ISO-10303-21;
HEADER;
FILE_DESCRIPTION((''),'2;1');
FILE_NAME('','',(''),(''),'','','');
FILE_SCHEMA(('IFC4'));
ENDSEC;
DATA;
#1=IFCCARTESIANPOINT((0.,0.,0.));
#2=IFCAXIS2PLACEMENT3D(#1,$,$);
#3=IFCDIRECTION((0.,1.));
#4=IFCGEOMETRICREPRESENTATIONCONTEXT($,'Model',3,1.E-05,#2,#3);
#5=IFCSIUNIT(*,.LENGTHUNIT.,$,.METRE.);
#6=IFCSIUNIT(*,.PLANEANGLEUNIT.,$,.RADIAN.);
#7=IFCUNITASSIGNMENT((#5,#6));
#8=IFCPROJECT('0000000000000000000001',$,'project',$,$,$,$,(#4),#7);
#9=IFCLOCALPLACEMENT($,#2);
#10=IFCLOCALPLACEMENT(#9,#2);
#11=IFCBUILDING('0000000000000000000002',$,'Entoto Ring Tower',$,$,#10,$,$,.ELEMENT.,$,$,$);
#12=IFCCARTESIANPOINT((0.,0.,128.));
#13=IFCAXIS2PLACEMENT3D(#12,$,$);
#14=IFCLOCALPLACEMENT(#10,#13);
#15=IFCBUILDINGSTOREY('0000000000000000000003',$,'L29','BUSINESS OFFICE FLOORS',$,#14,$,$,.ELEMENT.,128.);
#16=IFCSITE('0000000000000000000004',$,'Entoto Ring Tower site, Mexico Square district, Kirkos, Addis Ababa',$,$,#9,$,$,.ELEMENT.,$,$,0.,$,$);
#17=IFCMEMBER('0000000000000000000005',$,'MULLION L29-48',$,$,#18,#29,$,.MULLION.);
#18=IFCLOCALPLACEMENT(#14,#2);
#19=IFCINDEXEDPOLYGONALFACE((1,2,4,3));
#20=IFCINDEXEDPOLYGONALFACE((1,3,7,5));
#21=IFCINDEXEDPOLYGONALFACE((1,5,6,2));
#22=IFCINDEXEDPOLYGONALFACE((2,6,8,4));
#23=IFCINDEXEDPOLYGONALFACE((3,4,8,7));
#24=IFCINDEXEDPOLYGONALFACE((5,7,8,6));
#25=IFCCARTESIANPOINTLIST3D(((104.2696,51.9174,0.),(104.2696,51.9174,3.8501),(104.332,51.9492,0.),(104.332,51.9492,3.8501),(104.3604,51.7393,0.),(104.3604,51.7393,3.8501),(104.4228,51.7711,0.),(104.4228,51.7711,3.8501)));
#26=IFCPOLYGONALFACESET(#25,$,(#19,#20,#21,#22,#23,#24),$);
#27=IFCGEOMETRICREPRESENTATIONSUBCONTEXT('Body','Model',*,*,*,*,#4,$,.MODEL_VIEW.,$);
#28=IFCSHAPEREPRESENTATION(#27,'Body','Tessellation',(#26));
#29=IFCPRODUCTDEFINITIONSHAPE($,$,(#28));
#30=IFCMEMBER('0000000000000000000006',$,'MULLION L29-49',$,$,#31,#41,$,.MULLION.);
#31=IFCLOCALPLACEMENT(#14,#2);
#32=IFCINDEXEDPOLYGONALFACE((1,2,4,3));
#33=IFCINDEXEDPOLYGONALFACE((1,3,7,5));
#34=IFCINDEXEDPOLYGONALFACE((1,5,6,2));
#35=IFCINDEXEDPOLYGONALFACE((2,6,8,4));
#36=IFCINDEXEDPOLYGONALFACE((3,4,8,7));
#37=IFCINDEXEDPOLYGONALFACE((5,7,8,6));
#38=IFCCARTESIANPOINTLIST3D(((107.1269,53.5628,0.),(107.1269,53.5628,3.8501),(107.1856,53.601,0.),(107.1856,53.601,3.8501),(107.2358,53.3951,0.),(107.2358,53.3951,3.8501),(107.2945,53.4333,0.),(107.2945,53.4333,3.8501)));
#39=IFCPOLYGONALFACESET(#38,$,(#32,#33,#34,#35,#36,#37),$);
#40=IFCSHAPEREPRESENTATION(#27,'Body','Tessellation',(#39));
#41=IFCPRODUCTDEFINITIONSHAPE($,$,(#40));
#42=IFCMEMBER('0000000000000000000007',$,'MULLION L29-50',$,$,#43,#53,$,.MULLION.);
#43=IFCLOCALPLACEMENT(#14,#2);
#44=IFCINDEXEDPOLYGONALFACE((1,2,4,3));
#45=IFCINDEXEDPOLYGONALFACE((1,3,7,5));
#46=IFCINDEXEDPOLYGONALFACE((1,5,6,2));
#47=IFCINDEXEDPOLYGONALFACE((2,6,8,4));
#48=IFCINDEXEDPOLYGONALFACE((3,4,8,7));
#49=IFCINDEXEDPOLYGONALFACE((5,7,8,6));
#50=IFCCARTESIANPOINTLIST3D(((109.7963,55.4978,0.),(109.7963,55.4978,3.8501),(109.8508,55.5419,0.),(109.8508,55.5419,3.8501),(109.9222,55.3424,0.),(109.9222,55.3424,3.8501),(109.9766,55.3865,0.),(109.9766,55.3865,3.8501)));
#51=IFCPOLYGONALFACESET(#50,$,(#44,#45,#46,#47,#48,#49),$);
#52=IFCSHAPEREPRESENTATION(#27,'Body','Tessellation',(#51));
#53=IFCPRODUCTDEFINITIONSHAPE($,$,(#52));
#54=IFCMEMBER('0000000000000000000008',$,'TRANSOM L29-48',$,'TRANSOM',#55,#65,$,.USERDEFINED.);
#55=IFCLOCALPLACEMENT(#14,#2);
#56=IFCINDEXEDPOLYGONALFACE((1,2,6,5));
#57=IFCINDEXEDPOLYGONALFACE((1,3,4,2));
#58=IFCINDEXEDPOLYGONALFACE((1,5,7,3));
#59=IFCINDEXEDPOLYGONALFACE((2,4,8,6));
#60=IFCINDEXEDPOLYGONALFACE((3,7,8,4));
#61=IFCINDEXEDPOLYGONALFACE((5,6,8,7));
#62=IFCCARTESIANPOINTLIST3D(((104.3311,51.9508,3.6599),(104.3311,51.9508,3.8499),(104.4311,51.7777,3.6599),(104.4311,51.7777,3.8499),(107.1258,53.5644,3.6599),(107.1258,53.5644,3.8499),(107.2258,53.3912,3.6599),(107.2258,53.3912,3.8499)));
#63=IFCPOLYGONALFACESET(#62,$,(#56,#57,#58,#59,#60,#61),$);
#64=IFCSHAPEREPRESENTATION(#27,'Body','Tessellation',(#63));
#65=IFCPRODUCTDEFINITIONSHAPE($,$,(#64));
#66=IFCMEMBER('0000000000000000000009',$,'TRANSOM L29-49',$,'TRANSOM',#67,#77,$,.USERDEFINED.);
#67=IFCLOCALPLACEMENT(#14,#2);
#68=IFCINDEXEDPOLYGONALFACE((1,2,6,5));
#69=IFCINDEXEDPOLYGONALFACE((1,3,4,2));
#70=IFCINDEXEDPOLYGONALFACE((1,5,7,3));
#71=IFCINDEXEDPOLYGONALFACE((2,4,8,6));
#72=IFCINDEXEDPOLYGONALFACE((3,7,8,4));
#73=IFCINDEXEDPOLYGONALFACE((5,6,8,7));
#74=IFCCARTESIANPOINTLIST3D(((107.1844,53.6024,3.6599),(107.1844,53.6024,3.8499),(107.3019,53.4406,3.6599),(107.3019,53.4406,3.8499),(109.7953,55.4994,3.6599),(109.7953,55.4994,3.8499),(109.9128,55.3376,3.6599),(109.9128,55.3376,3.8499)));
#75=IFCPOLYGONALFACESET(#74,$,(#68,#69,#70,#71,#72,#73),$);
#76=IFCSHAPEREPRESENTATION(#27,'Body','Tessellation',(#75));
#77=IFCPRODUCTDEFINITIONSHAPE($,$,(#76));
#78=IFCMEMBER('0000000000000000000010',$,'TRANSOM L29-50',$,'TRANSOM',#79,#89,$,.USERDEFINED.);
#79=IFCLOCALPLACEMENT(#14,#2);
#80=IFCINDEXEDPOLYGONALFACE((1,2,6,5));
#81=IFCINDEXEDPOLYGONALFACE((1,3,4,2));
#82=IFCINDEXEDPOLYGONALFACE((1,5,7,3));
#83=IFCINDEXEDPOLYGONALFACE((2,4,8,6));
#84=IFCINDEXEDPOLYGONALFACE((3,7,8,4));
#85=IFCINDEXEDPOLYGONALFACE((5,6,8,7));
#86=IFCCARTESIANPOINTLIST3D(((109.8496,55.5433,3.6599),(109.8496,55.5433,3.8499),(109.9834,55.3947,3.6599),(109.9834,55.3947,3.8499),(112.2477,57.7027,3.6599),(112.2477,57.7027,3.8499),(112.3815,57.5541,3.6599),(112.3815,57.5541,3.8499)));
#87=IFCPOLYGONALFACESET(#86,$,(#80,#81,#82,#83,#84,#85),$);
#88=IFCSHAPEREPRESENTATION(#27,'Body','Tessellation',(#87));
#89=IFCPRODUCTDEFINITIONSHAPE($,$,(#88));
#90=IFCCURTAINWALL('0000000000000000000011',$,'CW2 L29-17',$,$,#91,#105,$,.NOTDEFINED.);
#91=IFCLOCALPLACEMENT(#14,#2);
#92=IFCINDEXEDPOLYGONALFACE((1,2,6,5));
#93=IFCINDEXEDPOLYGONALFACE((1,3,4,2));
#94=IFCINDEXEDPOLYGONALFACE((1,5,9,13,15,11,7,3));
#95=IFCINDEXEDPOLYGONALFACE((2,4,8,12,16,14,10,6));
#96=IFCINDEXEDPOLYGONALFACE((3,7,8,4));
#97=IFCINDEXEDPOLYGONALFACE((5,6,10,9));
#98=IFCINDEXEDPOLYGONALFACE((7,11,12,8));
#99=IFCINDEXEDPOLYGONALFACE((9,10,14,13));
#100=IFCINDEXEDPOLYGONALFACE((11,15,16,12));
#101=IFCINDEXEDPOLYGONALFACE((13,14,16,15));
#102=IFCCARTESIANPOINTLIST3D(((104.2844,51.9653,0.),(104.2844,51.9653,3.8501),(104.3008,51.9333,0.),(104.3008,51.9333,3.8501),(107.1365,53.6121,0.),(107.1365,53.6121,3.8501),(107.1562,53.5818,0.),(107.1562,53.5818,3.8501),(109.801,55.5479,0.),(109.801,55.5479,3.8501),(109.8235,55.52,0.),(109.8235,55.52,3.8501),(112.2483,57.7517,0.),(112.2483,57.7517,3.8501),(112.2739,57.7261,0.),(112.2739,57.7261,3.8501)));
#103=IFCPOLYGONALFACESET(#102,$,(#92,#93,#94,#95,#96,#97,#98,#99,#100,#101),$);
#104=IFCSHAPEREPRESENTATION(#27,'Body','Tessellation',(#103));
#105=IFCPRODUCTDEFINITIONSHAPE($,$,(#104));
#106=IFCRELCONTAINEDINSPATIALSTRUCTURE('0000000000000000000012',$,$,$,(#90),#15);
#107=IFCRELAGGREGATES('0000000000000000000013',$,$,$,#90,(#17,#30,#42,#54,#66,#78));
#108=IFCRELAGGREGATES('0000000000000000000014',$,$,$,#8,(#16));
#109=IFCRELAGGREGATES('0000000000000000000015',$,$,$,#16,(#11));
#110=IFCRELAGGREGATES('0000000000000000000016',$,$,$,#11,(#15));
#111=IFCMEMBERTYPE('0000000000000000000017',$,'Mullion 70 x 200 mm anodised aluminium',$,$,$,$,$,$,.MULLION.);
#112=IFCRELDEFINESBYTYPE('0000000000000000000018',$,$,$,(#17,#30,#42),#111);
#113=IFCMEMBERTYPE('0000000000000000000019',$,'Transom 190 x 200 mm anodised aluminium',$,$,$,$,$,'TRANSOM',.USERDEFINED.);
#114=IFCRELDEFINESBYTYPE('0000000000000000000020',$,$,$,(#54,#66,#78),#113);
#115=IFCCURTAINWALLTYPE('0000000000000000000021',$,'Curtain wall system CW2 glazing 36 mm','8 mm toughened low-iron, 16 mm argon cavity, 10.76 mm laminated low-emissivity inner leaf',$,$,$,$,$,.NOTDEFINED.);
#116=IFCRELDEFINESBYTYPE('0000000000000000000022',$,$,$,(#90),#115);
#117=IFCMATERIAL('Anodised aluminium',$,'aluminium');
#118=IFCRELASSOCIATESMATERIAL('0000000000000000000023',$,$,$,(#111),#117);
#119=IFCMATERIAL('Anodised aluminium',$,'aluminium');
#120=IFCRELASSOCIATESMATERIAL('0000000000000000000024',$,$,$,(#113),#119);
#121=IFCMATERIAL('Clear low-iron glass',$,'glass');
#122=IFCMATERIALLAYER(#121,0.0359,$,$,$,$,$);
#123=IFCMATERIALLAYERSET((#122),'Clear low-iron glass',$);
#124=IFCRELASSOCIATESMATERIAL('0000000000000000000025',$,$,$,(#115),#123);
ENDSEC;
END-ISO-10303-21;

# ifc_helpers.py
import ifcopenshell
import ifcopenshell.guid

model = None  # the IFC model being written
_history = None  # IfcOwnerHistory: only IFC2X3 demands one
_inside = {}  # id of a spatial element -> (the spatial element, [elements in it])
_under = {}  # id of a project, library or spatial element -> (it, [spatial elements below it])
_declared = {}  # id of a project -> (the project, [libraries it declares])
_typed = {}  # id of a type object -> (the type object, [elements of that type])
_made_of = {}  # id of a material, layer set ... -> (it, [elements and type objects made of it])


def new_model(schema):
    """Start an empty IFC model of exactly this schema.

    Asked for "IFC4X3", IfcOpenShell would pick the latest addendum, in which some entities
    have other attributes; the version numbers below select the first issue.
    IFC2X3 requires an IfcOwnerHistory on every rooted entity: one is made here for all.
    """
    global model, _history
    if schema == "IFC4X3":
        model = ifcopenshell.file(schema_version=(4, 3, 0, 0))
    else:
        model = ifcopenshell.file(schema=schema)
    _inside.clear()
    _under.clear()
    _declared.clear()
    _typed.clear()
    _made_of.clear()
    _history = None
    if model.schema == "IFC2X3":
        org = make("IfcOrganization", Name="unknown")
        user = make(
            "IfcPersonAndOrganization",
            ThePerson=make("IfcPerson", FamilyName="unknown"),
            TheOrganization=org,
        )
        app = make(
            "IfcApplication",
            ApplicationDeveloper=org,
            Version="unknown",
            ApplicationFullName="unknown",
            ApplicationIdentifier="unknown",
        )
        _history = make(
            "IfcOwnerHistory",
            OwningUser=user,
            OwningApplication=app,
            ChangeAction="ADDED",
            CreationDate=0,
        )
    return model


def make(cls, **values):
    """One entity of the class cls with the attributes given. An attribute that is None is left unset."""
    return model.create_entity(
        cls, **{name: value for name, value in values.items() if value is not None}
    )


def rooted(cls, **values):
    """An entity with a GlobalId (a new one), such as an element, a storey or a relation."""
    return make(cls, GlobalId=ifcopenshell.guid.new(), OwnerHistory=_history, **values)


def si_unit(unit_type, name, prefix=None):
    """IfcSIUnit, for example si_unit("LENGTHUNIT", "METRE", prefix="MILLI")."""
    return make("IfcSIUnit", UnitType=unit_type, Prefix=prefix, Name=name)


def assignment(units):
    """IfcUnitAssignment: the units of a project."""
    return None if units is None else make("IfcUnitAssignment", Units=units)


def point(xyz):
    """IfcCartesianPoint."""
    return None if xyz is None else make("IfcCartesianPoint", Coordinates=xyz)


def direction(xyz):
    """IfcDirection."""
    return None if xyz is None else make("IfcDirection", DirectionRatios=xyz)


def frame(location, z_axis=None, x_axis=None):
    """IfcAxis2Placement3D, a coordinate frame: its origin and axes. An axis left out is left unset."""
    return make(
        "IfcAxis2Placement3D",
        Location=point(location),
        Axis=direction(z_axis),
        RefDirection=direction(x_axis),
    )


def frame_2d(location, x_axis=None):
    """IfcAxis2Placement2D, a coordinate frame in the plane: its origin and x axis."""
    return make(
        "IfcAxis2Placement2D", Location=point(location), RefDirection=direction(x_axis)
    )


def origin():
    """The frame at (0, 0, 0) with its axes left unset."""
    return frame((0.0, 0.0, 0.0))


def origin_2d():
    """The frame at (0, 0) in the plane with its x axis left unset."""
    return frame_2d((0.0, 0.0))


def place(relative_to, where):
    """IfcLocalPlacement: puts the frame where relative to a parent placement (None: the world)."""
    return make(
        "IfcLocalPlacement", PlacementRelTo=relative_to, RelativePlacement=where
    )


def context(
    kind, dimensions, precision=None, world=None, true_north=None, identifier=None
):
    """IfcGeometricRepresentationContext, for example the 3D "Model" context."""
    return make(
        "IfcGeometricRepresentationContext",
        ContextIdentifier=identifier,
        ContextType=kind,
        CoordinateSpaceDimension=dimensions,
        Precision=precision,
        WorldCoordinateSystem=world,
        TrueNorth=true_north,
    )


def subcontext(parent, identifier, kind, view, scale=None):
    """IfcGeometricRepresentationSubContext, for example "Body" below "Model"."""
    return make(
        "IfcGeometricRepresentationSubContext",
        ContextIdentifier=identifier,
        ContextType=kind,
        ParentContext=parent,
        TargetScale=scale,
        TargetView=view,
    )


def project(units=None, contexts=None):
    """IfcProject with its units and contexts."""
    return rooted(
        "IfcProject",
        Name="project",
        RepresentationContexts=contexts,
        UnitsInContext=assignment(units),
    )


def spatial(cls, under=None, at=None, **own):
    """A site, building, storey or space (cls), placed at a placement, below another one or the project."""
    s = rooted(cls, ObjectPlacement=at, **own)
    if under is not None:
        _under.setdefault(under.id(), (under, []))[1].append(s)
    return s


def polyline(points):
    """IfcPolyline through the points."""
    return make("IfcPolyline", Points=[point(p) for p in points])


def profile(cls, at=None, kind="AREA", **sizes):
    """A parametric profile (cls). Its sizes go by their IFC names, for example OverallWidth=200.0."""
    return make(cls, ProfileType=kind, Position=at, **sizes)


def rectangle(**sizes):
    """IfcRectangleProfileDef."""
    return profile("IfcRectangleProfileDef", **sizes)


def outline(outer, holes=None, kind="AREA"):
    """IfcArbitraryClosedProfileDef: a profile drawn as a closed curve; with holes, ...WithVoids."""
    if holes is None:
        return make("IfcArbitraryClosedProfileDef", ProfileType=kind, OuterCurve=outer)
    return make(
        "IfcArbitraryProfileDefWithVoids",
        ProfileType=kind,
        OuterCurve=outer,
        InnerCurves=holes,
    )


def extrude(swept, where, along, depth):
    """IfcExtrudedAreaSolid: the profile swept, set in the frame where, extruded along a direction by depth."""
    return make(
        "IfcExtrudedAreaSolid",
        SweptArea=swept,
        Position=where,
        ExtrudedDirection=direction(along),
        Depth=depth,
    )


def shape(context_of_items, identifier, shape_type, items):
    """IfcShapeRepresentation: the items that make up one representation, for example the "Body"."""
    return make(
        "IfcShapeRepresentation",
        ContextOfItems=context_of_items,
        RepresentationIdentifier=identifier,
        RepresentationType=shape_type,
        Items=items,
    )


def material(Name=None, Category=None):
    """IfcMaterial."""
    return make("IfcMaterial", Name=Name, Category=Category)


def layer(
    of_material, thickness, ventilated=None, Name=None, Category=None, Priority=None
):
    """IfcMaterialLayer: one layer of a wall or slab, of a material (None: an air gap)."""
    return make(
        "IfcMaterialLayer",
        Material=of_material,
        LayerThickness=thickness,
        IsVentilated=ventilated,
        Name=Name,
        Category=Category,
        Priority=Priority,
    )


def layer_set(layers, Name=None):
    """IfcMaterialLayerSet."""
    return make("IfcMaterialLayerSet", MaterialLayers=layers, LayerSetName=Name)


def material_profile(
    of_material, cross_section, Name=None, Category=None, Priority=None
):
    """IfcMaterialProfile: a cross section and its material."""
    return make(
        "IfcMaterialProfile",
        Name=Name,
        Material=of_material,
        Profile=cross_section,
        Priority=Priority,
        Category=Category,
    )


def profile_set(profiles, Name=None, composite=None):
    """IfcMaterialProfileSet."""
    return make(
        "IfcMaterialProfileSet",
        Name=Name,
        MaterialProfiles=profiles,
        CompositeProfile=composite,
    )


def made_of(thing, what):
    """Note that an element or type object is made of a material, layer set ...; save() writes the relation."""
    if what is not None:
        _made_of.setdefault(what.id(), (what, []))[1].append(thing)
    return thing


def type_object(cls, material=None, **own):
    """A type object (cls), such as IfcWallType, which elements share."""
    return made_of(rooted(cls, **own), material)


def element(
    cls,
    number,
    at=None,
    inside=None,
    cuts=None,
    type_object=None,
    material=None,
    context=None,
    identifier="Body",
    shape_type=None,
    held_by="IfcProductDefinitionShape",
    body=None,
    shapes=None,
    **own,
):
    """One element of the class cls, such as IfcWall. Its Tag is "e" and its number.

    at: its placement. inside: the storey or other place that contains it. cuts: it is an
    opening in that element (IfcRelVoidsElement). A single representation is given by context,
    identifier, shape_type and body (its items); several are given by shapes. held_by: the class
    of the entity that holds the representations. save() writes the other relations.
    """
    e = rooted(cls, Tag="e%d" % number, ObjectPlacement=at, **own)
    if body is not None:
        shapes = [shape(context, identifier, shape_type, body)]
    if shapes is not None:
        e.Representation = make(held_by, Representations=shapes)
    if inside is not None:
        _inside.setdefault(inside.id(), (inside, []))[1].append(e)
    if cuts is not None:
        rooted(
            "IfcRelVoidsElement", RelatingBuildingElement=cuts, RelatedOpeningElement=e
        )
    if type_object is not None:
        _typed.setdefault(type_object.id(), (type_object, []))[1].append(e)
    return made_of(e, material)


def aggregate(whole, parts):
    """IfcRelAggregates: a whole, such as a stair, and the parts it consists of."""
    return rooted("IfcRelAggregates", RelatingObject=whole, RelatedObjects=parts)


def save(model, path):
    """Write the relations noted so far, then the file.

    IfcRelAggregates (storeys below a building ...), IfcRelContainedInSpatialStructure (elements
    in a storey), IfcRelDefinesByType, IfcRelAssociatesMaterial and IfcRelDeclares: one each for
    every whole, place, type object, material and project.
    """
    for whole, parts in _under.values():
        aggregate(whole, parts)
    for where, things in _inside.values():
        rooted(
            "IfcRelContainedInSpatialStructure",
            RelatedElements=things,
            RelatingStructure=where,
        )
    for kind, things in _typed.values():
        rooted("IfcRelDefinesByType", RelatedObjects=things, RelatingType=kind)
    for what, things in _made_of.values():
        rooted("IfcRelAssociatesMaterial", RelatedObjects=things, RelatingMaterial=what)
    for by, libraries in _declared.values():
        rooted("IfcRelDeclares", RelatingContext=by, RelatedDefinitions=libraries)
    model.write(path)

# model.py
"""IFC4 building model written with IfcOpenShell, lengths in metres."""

from ifc_helpers import new_model, si_unit, direction, frame, origin, origin_2d, place, context, subcontext, project, spatial, polyline, rectangle, outline, extrude, material, layer, layer_set, material_profile, profile_set, type_object, element, aggregate, save


model = new_model("IFC4")

# Units and contexts
model_context = context("Model", 3, precision=1e-05, world=origin(), true_north=direction((0.0, 1.0)))
body_context = subcontext(model_context, "Body", "Model", "MODEL_VIEW")
ifc_project = project(units=[si_unit("LENGTHUNIT", "METRE"), si_unit("PLANEANGLEUNIT", "RADIAN")], contexts=[model_context])

# Members
ifc_material_1 = material(Name="Anodised aluminium", Category="aluminium")
ifc_material_profile_1 = material_profile(ifc_material_1, rectangle(XDim=0.0701, YDim=0.2, at=origin_2d()), Name="Mullion 70 x 200 mm anodised aluminium")
ifc_profile_set_1 = profile_set([ifc_material_profile_1], Name="Anodised aluminium")
member_type_1 = type_object("IfcMemberType", Name="Mullion 70 x 200 mm anodised aluminium", PredefinedType="MULLION", material=ifc_profile_set_1)
site_placement = place(None, origin())
building_placement = place(site_placement, origin())
storey_placement = place(building_placement, frame((0.0, 0.0, 128.0)))
member_1_placement = place(storey_placement, frame((104.3462, 51.8442, 0.0), z_axis=(0.0, 0.0, 1.0), x_axis=(0.891007, 0.45399, 0.0)))
member_1 = element("IfcMember", 1, at=member_1_placement, type_object=member_type_1, Name="MULLION L29-48", PredefinedType="MULLION", context=body_context, shape_type="SweptSolid", body=[
    extrude(rectangle(XDim=0.0701, YDim=0.2, at=origin_2d()), origin(), (0.0, 0.0, 1.0), 3.8501),
])
member_2_placement = place(storey_placement, frame((107.2107, 53.498, 0.0), z_axis=(0.0, 0.0, 1.0), x_axis=(0.838671, 0.544639, 0.0)))
member_2 = element("IfcMember", 2, at=member_2_placement, type_object=member_type_1, Name="MULLION L29-49", PredefinedType="MULLION", context=body_context, shape_type="SweptSolid", body=[
    extrude(rectangle(XDim=0.0701, YDim=0.2, at=origin_2d()), origin(), (0.0, 0.0, 1.0), 3.8501),
])
member_3_placement = place(storey_placement, frame((109.8865, 55.4421, 0.0), z_axis=(0.0, 0.0, 1.0), x_axis=(0.777146, 0.62932, 0.0)))
member_3 = element("IfcMember", 3, at=member_3_placement, type_object=member_type_1, Name="MULLION L29-50", PredefinedType="MULLION", context=body_context, shape_type="SweptSolid", body=[
    extrude(rectangle(XDim=0.0701, YDim=0.2, at=origin_2d()), origin(), (0.0, 0.0, 1.0), 3.8501),
])
ifc_material_2 = material(Name="Anodised aluminium", Category="aluminium")
ifc_material_profile_2 = material_profile(ifc_material_2, rectangle(XDim=0.2, YDim=0.1899, at=origin_2d()), Name="Transom 190 x 200 mm anodised aluminium")
ifc_profile_set_2 = profile_set([ifc_material_profile_2], Name="Anodised aluminium")
member_type_2 = type_object("IfcMemberType", Name="Transom 190 x 200 mm anodised aluminium", ElementType="TRANSOM", PredefinedType="USERDEFINED", material=ifc_profile_set_2)
member_4_placement = place(storey_placement, frame((104.3811, 51.8643, 3.7549), z_axis=(0.866023, 0.500004, 0.0), x_axis=(-0.500004, 0.866023, 0.0)))
member_4 = element("IfcMember", 4, at=member_4_placement, type_object=member_type_2, Name="TRANSOM L29-48", ObjectType="TRANSOM", PredefinedType="USERDEFINED", context=body_context, shape_type="SweptSolid", body=[
    extrude(rectangle(XDim=0.2, YDim=0.1899, at=origin_2d()), origin(), (0.0, 0.0, 1.0), 3.2271),
])
member_5_placement = place(storey_placement, frame((107.2432, 53.5215, 3.7549), z_axis=(0.809004, 0.587803, 0.0), x_axis=(-0.587803, 0.809004, 0.0)))
member_5 = element("IfcMember", 5, at=member_5_placement, type_object=member_type_2, Name="TRANSOM L29-49", ObjectType="TRANSOM", PredefinedType="USERDEFINED", context=body_context, shape_type="SweptSolid", body=[
    extrude(rectangle(XDim=0.2, YDim=0.1899, at=origin_2d()), origin(), (0.0, 0.0, 1.0), 3.2273),
])
member_6_placement = place(storey_placement, frame((109.9165, 55.469, 3.7549), z_axis=(0.743132, 0.669144, 0.0), x_axis=(-0.669144, 0.743132, 0.0)))
member_6 = element("IfcMember", 6, at=member_6_placement, type_object=member_type_2, Name="TRANSOM L29-50", ObjectType="TRANSOM", PredefinedType="USERDEFINED", context=body_context, shape_type="SweptSolid", body=[
    extrude(rectangle(XDim=0.2, YDim=0.1899, at=origin_2d()), origin(), (0.0, 0.0, 1.0), 3.2271),
])

# Site, building, storey
site = spatial("IfcSite", under=ifc_project, at=site_placement, Name="Entoto Ring Tower site, Mexico Square district, Kirkos, Addis Ababa", CompositionType="ELEMENT", RefElevation=0.0)
building = spatial("IfcBuilding", under=site, at=building_placement, Name="Entoto Ring Tower", CompositionType="ELEMENT")
storey = spatial("IfcBuildingStorey", under=building, at=storey_placement, Name="L29", Description="BUSINESS OFFICE FLOORS", CompositionType="ELEMENT", Elevation=128.0)

# Curtain wall
ifc_material_3 = material(Name="Clear low-iron glass", Category="glass")
ifc_layer_1 = layer(ifc_material_3, 0.0359)
ifc_layer_set_1 = layer_set([ifc_layer_1], Name="Clear low-iron glass")
curtain_wall_type = type_object("IfcCurtainWallType", Name="Curtain wall system CW2 glazing 36 mm", Description="8 mm toughened low-iron, 16 mm argon cavity, 10.76 mm laminated low-emissivity inner leaf", PredefinedType="NOTDEFINED", material=ifc_layer_set_1)
curtain_wall_1_placement = place(storey_placement, origin())
curtain_wall_1 = element("IfcCurtainWall", 7, at=curtain_wall_1_placement, inside=storey, type_object=curtain_wall_type, Name="CW2 L29-17", PredefinedType="NOTDEFINED", context=body_context, shape_type="SweptSolid", body=[
    extrude(outline(polyline([(104.3008, 51.9333), (107.1562, 53.5818), (109.8235, 55.52), (112.2739, 57.7261), (112.2483, 57.7517), (109.801, 55.5479), (107.1365, 53.6121), (104.2844, 51.9653), (104.3008, 51.9333)])), origin(), (0.0, 0.0, 1.0), 3.8501),
])
aggregate(curtain_wall_1, [member_1, member_2, member_3, member_4, member_5, member_6])

save(model, "model.ifc")
